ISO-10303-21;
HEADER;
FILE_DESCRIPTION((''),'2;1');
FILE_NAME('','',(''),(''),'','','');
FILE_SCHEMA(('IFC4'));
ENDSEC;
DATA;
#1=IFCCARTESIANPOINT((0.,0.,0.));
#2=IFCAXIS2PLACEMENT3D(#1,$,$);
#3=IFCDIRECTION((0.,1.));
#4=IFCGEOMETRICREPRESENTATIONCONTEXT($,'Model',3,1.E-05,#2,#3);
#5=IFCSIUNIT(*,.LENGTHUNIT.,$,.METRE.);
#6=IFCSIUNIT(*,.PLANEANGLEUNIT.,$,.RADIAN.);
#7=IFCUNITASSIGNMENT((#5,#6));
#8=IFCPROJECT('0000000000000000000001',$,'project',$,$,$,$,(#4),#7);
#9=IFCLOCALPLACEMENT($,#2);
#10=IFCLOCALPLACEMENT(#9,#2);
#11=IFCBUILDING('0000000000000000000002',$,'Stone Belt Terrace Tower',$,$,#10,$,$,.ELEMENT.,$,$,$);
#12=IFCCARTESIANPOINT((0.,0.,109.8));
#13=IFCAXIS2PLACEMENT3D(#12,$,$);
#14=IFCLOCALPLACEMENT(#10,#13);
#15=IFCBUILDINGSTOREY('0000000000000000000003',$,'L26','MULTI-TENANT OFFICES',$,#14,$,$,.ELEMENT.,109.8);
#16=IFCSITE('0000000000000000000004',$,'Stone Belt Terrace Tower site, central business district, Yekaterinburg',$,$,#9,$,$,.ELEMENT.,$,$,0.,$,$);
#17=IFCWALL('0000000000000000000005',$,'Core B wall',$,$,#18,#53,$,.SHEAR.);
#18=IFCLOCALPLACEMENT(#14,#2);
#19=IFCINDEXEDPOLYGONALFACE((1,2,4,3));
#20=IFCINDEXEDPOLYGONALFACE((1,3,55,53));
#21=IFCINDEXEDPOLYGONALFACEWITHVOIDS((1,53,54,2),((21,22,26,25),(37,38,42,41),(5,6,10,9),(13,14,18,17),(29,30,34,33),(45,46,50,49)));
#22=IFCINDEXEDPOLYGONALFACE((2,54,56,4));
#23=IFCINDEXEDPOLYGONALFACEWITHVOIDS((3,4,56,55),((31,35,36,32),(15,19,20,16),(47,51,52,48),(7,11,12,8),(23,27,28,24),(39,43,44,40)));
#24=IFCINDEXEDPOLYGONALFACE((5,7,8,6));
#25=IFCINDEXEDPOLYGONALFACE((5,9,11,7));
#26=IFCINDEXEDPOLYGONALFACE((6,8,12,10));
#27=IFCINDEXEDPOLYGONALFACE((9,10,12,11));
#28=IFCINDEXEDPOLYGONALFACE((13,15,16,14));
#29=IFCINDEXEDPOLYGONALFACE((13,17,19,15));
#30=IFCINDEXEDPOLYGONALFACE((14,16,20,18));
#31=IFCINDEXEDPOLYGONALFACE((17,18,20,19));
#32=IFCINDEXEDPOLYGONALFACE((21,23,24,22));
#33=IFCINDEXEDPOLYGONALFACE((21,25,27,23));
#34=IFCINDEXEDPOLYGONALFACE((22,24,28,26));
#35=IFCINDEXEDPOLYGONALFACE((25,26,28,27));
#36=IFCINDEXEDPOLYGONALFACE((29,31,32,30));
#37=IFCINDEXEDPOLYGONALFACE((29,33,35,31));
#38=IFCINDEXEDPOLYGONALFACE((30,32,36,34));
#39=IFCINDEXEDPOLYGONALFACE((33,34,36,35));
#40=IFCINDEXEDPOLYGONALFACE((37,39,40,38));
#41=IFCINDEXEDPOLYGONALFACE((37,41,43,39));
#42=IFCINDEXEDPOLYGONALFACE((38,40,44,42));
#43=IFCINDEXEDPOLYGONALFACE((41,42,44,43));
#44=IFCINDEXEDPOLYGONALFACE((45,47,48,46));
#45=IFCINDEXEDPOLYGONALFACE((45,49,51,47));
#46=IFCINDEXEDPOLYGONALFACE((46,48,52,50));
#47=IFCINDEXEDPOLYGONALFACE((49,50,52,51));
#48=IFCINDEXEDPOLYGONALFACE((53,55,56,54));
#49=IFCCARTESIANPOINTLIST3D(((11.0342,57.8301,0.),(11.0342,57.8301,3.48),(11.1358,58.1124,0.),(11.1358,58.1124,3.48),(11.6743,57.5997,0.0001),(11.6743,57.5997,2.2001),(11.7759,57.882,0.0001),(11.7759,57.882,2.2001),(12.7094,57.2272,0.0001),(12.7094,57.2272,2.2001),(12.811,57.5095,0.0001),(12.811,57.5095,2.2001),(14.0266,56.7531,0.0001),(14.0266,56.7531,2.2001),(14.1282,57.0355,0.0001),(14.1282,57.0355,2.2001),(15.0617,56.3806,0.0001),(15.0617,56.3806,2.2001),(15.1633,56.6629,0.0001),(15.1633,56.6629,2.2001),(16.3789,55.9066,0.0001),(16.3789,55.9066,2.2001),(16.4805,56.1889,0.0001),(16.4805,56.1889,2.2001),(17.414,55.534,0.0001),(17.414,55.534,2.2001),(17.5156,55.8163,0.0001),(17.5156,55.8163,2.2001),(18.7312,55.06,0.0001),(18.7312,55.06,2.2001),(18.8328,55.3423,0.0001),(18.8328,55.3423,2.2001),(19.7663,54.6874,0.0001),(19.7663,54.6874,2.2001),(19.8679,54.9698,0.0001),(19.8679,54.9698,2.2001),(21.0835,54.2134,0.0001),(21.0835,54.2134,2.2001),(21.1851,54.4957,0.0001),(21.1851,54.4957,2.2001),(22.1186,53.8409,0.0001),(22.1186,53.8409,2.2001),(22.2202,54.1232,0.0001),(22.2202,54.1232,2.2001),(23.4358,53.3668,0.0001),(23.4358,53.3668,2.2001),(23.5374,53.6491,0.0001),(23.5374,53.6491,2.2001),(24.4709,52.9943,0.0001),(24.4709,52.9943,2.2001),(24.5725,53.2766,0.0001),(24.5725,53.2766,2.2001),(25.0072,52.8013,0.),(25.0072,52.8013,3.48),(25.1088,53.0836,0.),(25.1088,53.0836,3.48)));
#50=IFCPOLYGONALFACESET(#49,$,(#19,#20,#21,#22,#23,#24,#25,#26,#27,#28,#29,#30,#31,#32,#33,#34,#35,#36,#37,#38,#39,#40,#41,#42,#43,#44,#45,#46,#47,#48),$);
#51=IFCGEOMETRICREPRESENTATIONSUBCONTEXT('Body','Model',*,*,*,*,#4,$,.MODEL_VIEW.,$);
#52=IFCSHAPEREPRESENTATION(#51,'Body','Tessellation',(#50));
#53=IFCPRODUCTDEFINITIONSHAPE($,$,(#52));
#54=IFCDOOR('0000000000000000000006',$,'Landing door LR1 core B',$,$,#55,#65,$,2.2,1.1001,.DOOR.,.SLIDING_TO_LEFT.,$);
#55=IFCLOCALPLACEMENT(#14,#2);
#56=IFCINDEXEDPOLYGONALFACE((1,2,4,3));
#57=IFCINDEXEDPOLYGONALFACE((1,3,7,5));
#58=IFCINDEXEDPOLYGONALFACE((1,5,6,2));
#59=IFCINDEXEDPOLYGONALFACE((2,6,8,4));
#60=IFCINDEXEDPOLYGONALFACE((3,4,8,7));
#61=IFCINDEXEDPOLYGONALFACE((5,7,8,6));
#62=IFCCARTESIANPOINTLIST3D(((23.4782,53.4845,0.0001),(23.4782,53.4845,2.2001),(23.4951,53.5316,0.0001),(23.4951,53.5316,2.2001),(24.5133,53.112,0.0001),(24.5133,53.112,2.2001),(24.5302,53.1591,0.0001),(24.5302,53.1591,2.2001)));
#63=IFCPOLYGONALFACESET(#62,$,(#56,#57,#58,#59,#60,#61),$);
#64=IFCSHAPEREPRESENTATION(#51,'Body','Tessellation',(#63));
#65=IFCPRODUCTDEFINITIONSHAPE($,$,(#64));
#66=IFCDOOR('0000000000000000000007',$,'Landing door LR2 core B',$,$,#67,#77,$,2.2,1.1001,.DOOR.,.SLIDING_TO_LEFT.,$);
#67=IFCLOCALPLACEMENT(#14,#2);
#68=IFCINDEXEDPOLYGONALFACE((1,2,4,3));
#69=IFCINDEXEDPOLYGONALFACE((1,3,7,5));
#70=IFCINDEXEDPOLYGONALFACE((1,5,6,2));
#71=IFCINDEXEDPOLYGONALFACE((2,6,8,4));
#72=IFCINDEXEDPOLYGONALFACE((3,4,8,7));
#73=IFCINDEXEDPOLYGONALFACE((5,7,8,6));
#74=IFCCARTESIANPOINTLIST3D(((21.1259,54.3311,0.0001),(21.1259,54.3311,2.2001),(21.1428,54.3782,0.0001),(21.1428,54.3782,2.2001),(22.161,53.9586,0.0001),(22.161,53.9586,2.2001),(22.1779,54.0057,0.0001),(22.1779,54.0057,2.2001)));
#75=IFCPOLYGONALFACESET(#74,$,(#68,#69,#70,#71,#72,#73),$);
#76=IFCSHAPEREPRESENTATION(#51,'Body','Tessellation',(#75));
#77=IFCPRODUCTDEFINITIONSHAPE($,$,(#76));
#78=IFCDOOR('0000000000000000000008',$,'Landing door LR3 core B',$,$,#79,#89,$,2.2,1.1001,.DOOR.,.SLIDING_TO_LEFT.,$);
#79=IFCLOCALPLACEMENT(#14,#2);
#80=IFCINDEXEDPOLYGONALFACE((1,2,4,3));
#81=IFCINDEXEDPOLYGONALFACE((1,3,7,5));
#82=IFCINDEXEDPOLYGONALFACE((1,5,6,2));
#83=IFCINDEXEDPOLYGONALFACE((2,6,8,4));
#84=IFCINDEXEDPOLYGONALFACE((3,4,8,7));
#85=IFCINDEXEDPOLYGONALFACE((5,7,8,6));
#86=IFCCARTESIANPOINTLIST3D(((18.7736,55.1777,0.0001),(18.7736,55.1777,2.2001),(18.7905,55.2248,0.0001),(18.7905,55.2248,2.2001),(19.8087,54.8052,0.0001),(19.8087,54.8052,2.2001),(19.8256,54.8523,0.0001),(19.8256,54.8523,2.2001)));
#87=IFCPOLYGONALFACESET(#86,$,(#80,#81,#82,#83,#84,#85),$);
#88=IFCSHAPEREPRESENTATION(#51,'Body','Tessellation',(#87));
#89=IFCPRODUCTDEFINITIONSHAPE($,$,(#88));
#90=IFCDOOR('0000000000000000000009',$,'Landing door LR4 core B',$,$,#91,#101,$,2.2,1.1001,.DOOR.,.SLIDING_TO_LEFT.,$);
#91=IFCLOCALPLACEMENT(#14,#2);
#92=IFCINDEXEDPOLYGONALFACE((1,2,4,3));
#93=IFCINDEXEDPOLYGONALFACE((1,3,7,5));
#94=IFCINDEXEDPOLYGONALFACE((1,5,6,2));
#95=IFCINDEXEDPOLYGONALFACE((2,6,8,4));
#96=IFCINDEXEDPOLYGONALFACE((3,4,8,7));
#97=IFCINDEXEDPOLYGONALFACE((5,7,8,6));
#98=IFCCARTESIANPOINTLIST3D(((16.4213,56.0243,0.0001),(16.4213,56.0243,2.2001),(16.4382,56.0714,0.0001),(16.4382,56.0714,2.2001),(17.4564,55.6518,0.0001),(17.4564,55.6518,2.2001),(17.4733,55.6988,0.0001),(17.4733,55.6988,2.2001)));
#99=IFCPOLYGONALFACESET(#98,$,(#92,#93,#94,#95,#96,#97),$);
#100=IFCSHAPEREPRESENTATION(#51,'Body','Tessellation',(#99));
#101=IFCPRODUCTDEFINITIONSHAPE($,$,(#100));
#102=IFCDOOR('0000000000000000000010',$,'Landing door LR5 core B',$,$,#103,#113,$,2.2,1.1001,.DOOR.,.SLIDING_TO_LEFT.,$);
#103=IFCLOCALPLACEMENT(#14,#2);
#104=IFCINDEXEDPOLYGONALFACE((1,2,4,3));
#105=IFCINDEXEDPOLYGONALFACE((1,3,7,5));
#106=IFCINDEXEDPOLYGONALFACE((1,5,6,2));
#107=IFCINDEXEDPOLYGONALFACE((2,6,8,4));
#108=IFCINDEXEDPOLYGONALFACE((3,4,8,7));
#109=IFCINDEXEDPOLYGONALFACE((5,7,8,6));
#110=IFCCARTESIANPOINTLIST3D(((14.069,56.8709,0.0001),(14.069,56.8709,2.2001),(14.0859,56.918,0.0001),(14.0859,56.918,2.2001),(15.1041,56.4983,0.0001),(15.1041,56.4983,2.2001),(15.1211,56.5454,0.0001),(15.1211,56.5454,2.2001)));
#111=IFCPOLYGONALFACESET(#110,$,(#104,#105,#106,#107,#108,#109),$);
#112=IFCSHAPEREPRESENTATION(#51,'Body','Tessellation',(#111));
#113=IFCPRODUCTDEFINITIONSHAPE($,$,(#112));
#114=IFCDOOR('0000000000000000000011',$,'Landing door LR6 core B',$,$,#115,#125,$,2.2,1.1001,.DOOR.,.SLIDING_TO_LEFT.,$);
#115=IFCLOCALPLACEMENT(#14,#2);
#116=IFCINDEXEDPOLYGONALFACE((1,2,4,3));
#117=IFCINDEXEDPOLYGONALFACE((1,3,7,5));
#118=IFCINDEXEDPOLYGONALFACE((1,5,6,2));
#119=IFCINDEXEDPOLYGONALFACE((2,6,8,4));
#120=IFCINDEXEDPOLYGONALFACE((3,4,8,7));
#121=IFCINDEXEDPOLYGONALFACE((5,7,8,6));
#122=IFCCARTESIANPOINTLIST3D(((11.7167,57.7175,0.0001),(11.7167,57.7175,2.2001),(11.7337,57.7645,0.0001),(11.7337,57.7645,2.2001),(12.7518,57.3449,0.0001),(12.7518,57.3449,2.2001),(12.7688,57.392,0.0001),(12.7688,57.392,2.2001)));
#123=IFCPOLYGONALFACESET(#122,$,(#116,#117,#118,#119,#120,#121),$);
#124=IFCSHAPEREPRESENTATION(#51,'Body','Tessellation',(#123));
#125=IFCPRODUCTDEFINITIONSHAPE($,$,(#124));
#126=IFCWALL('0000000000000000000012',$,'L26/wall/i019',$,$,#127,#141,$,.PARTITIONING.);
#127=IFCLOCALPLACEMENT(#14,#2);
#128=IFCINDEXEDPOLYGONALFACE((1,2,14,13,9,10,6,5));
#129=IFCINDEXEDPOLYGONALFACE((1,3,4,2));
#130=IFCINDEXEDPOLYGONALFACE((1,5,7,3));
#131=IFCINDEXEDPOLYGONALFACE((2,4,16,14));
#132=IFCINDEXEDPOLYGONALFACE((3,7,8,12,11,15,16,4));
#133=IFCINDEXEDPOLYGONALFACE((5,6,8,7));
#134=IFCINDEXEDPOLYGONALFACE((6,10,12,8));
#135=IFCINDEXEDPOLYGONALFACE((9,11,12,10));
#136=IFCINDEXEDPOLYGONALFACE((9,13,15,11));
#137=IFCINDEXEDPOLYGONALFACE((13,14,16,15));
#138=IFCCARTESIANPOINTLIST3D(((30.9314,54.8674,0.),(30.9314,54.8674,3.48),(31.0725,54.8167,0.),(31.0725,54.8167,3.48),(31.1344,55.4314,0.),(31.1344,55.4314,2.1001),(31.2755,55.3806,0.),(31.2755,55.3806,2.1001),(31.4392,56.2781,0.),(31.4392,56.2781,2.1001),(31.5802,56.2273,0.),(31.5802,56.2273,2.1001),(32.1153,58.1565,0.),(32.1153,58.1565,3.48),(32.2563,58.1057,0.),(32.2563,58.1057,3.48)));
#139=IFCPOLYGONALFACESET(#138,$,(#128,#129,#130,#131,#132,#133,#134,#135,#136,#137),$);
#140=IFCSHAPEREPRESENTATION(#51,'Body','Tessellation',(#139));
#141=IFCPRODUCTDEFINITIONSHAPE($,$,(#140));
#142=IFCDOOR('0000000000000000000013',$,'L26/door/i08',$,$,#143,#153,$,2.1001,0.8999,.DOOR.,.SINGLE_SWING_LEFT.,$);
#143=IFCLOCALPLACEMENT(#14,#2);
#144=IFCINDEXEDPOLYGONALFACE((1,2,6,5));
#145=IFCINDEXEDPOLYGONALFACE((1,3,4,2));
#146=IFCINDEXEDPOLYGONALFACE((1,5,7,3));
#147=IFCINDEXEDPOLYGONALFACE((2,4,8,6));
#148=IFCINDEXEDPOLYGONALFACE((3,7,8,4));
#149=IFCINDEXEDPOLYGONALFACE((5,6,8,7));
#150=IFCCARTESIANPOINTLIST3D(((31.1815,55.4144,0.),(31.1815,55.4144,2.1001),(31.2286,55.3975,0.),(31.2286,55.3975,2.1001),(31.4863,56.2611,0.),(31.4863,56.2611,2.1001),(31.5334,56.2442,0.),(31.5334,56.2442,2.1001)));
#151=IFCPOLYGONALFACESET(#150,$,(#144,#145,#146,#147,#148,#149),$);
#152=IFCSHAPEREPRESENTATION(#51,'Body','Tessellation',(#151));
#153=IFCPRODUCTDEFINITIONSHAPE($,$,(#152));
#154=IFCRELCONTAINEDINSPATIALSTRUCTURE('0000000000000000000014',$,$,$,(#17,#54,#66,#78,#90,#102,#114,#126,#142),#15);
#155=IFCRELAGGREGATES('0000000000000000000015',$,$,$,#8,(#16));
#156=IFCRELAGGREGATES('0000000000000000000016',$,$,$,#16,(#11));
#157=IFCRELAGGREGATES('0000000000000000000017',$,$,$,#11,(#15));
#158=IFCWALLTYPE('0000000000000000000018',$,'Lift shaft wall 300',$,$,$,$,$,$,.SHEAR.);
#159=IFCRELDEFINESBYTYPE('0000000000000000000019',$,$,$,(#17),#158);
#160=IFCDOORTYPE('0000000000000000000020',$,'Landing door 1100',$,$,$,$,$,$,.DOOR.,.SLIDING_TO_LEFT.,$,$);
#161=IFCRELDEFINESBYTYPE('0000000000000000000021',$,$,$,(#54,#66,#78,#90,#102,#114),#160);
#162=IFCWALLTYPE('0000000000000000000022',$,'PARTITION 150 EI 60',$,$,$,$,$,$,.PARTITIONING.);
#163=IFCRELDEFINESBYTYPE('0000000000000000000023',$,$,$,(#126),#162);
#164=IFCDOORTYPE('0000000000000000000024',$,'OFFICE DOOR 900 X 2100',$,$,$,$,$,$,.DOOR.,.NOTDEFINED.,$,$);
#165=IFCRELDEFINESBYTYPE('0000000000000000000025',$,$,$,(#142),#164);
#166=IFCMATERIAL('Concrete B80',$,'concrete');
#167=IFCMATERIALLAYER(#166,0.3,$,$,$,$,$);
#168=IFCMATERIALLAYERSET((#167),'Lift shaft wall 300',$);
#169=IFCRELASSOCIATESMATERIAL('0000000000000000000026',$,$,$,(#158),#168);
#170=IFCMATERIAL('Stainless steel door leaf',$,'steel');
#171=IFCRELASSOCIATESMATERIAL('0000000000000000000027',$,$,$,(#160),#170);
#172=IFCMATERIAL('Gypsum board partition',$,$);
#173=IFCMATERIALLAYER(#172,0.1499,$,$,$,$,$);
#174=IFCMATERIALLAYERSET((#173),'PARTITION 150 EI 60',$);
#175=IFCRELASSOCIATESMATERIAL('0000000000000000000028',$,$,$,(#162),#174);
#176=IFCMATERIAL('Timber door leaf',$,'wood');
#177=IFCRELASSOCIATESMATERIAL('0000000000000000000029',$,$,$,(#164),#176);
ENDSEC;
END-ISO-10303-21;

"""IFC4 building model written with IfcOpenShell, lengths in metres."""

from ifc_helpers import new_model, si_unit, direction, frame, frame_2d, origin, place, context, subcontext, project, spatial, rectangle, extrude, material, layer, layer_set, type_object, element, fill, save


model = new_model("IFC4")

# Units and contexts
model_context = context("Model", 3, precision=1e-05, world=origin(), true_north=direction((0.0, 1.0)))
body_context = subcontext(model_context, "Body", "Model", "MODEL_VIEW")
ifc_project = project(units=[si_unit("LENGTHUNIT", "METRE"), si_unit("PLANEANGLEUNIT", "RADIAN")], contexts=[model_context])

# Site, building, storey
site_placement = place(None, origin())
site = spatial("IfcSite", under=ifc_project, at=site_placement, Name="Stone Belt Terrace Tower site, central business district, Yekaterinburg", CompositionType="ELEMENT", RefElevation=0.0)
building_placement = place(site_placement, origin())
building = spatial("IfcBuilding", under=site, at=building_placement, Name="Stone Belt Terrace Tower", CompositionType="ELEMENT")
storey_placement = place(building_placement, frame((0.0, 0.0, 109.8)))
storey = spatial("IfcBuildingStorey", under=building, at=storey_placement, Name="L26", Description="MULTI-TENANT OFFICES", CompositionType="ELEMENT", Elevation=109.8)

# Shared definitions
ifc_material_1 = material(Name="Concrete B80", Category="concrete")

# Shared definitions
ifc_material_2 = material(Name="Timber door leaf", Category="wood")

# Shared definitions
ifc_layer_1 = layer(ifc_material_1, 0.3)
ifc_layer_set_1 = layer_set([ifc_layer_1], Name="Lift shaft wall 300")
wall_type_1 = type_object("IfcWallType", Name="Lift shaft wall 300", PredefinedType="SHEAR", material=ifc_layer_set_1)
ifc_material_3 = material(Name="Stainless steel door leaf", Category="steel")

# Wall, openings, doors
wall_1_placement = place(storey_placement, frame((25.0581, 52.9424, 0.0), z_axis=(0.0, 0.0, 1.0), x_axis=(-0.940918, 0.338634, 0.0)))
wall_1 = element("IfcWall", 1, at=wall_1_placement, inside=storey, type_object=wall_type_1, Name="Core B wall", PredefinedType="SHEAR", context=body_context, shape_type="SweptSolid", body=[
    extrude(rectangle(XDim=14.8503, YDim=0.3, at=frame_2d((7.4253, 0.0))), origin(), (0.0, 0.0, 1.0), 3.48),
])
opening_1_placement = place(wall_1_placement, frame((0.5701, 0.0, 0.0)))
opening_1 = element("IfcOpeningElement", 2, at=opening_1_placement, cuts=wall_1, PredefinedType="OPENING", context=body_context, shape_type="SweptSolid", body=[
    extrude(rectangle(XDim=1.1001, YDim=2.2, at=frame_2d((0.55, 1.1001))), frame((0.0, 0.1599, 0.0), z_axis=(0.0, -1.0, 0.0), x_axis=(1.0, 0.0, 0.0)), (0.0, 0.0, 1.0), 0.3201),
])
opening_2_placement = place(wall_1_placement, frame((3.0701, 0.0, 0.0)))
opening_2 = element("IfcOpeningElement", 3, at=opening_2_placement, cuts=wall_1, PredefinedType="OPENING", context=body_context, shape_type="SweptSolid", body=[
    extrude(rectangle(XDim=1.1001, YDim=2.2, at=frame_2d((0.55, 1.1001))), frame((0.0, 0.1599, 0.0), z_axis=(0.0, -1.0, 0.0), x_axis=(1.0, 0.0, 0.0)), (0.0, 0.0, 1.0), 0.3201),
])
opening_3_placement = place(wall_1_placement, frame((5.5701, 0.0, 0.0)))
opening_3 = element("IfcOpeningElement", 4, at=opening_3_placement, cuts=wall_1, PredefinedType="OPENING", context=body_context, shape_type="SweptSolid", body=[
    extrude(rectangle(XDim=1.1001, YDim=2.2, at=frame_2d((0.55, 1.1001))), frame((0.0, 0.1599, 0.0), z_axis=(0.0, -1.0, 0.0), x_axis=(1.0, 0.0, 0.0)), (0.0, 0.0, 1.0), 0.3201),
])
opening_4_placement = place(wall_1_placement, frame((8.0701, 0.0, 0.0)))
opening_4 = element("IfcOpeningElement", 5, at=opening_4_placement, cuts=wall_1, PredefinedType="OPENING", context=body_context, shape_type="SweptSolid", body=[
    extrude(rectangle(XDim=1.1001, YDim=2.2, at=frame_2d((0.55, 1.1001))), frame((0.0, 0.1599, 0.0), z_axis=(0.0, -1.0, 0.0), x_axis=(1.0, 0.0, 0.0)), (0.0, 0.0, 1.0), 0.3201),
])
opening_5_placement = place(wall_1_placement, frame((10.5701, 0.0, 0.0)))
opening_5 = element("IfcOpeningElement", 6, at=opening_5_placement, cuts=wall_1, PredefinedType="OPENING", context=body_context, shape_type="SweptSolid", body=[
    extrude(rectangle(XDim=1.1001, YDim=2.2, at=frame_2d((0.55, 1.1001))), frame((0.0, 0.1599, 0.0), z_axis=(0.0, -1.0, 0.0), x_axis=(1.0, 0.0, 0.0)), (0.0, 0.0, 1.0), 0.3201),
])
opening_6_placement = place(wall_1_placement, frame((13.0701, 0.0, 0.0)))
opening_6 = element("IfcOpeningElement", 7, at=opening_6_placement, cuts=wall_1, PredefinedType="OPENING", context=body_context, shape_type="SweptSolid", body=[
    extrude(rectangle(XDim=1.1001, YDim=2.2, at=frame_2d((0.55, 1.1001))), frame((0.0, 0.1599, 0.0), z_axis=(0.0, -1.0, 0.0), x_axis=(1.0, 0.0, 0.0)), (0.0, 0.0, 1.0), 0.3201),
])
door_type_1 = type_object("IfcDoorType", Name="Landing door 1100", OperationType="SLIDING_TO_LEFT", PredefinedType="DOOR", material=ifc_material_3)
door_1_placement = place(opening_1_placement, origin())
door_1 = element("IfcDoor", 8, at=door_1_placement, inside=storey, type_object=door_type_1, Name="Landing door LR1 core B", OperationType="SLIDING_TO_LEFT", OverallHeight=2.2, OverallWidth=1.1001, PredefinedType="DOOR", context=body_context, shape_type="SweptSolid", body=[
    extrude(rectangle(XDim=1.1001, YDim=2.2, at=frame_2d((0.55, 1.1001))), frame((0.0, 0.0249, 0.0), z_axis=(0.0, -1.0, 0.0), x_axis=(1.0, 0.0, 0.0)), (0.0, 0.0, 1.0), 0.05),
])
fill(opening_1, door_1)
door_2_placement = place(opening_2_placement, origin())
door_2 = element("IfcDoor", 9, at=door_2_placement, inside=storey, type_object=door_type_1, Name="Landing door LR2 core B", OperationType="SLIDING_TO_LEFT", OverallHeight=2.2, OverallWidth=1.1001, PredefinedType="DOOR", context=body_context, shape_type="SweptSolid", body=[
    extrude(rectangle(XDim=1.1001, YDim=2.2, at=frame_2d((0.55, 1.1001))), frame((0.0, 0.0249, 0.0), z_axis=(0.0, -1.0, 0.0), x_axis=(1.0, 0.0, 0.0)), (0.0, 0.0, 1.0), 0.05),
])
fill(opening_2, door_2)
door_3_placement = place(opening_3_placement, origin())
door_3 = element("IfcDoor", 10, at=door_3_placement, inside=storey, type_object=door_type_1, Name="Landing door LR3 core B", OperationType="SLIDING_TO_LEFT", OverallHeight=2.2, OverallWidth=1.1001, PredefinedType="DOOR", context=body_context, shape_type="SweptSolid", body=[
    extrude(rectangle(XDim=1.1001, YDim=2.2, at=frame_2d((0.55, 1.1001))), frame((0.0, 0.0249, 0.0), z_axis=(0.0, -1.0, 0.0), x_axis=(1.0, 0.0, 0.0)), (0.0, 0.0, 1.0), 0.05),
])
fill(opening_3, door_3)
door_4_placement = place(opening_4_placement, origin())
door_4 = element("IfcDoor", 11, at=door_4_placement, inside=storey, type_object=door_type_1, Name="Landing door LR4 core B", OperationType="SLIDING_TO_LEFT", OverallHeight=2.2, OverallWidth=1.1001, PredefinedType="DOOR", context=body_context, shape_type="SweptSolid", body=[
    extrude(rectangle(XDim=1.1001, YDim=2.2, at=frame_2d((0.55, 1.1001))), frame((0.0, 0.0249, 0.0), z_axis=(0.0, -1.0, 0.0), x_axis=(1.0, 0.0, 0.0)), (0.0, 0.0, 1.0), 0.05),
])
fill(opening_4, door_4)
door_5_placement = place(opening_5_placement, origin())
door_5 = element("IfcDoor", 12, at=door_5_placement, inside=storey, type_object=door_type_1, Name="Landing door LR5 core B", OperationType="SLIDING_TO_LEFT", OverallHeight=2.2, OverallWidth=1.1001, PredefinedType="DOOR", context=body_context, shape_type="SweptSolid", body=[
    extrude(rectangle(XDim=1.1001, YDim=2.2, at=frame_2d((0.55, 1.1001))), frame((0.0, 0.0249, 0.0), z_axis=(0.0, -1.0, 0.0), x_axis=(1.0, 0.0, 0.0)), (0.0, 0.0, 1.0), 0.05),
])
fill(opening_5, door_5)
door_6_placement = place(opening_6_placement, origin())
door_6 = element("IfcDoor", 13, at=door_6_placement, inside=storey, type_object=door_type_1, Name="Landing door LR6 core B", OperationType="SLIDING_TO_LEFT", OverallHeight=2.2, OverallWidth=1.1001, PredefinedType="DOOR", context=body_context, shape_type="SweptSolid", body=[
    extrude(rectangle(XDim=1.1001, YDim=2.2, at=frame_2d((0.55, 1.1001))), frame((0.0, 0.0249, 0.0), z_axis=(0.0, -1.0, 0.0), x_axis=(1.0, 0.0, 0.0)), (0.0, 0.0, 1.0), 0.05),
])
fill(opening_6, door_6)

# Wall, opening, door
ifc_material_4 = material(Name="Gypsum board partition")
ifc_layer_2 = layer(ifc_material_4, 0.1499)
ifc_layer_set_2 = layer_set([ifc_layer_2], Name="PARTITION 150 EI 60")
wall_type_2 = type_object("IfcWallType", Name="PARTITION 150 EI 60", PredefinedType="PARTITIONING", material=ifc_layer_set_2)
wall_2_placement = place(storey_placement, frame((31.002, 54.842, 0.0), z_axis=(0.0, 0.0, 1.0), x_axis=(0.338663, 0.940908, 0.0)))
wall_2 = element("IfcWall", 14, at=wall_2_placement, inside=storey, type_object=wall_type_2, Name="L26/wall/i019", PredefinedType="PARTITIONING", context=body_context, shape_type="SweptSolid", body=[
    extrude(rectangle(XDim=3.4956, YDim=0.1499, at=frame_2d((1.7478, 0.0))), origin(), (0.0, 0.0, 1.0), 3.48),
])
opening_7_placement = place(wall_2_placement, frame((0.5994, 0.0, 0.0)))
opening_7 = element("IfcOpeningElement", 15, at=opening_7_placement, cuts=wall_2, PredefinedType="OPENING", context=body_context, shape_type="SweptSolid", body=[
    extrude(rectangle(XDim=0.8999, YDim=2.1001, at=frame_2d((0.45, 1.05))), frame((0.0, 0.085, 0.0), z_axis=(0.0, -1.0, 0.0), x_axis=(1.0, 0.0, 0.0)), (0.0, 0.0, 1.0), 0.1699),
])
door_type_2 = type_object("IfcDoorType", Name="OFFICE DOOR 900 X 2100", OperationType="NOTDEFINED", PredefinedType="DOOR", material=ifc_material_2)
door_7_placement = place(opening_7_placement, origin())
door_7 = element("IfcDoor", 16, at=door_7_placement, inside=storey, type_object=door_type_2, Name="L26/door/i08", OperationType="SINGLE_SWING_LEFT", OverallHeight=2.1001, OverallWidth=0.8999, PredefinedType="DOOR", context=body_context, shape_type="SweptSolid", body=[
    extrude(rectangle(XDim=0.8999, YDim=2.1001, at=frame_2d((0.45, 1.05))), frame((0.0, 0.0249, 0.0), z_axis=(0.0, -1.0, 0.0), x_axis=(1.0, 0.0, 0.0)), (0.0, 0.0, 1.0), 0.05),
])
fill(opening_7, door_7)

save(model, "model.ifc")
